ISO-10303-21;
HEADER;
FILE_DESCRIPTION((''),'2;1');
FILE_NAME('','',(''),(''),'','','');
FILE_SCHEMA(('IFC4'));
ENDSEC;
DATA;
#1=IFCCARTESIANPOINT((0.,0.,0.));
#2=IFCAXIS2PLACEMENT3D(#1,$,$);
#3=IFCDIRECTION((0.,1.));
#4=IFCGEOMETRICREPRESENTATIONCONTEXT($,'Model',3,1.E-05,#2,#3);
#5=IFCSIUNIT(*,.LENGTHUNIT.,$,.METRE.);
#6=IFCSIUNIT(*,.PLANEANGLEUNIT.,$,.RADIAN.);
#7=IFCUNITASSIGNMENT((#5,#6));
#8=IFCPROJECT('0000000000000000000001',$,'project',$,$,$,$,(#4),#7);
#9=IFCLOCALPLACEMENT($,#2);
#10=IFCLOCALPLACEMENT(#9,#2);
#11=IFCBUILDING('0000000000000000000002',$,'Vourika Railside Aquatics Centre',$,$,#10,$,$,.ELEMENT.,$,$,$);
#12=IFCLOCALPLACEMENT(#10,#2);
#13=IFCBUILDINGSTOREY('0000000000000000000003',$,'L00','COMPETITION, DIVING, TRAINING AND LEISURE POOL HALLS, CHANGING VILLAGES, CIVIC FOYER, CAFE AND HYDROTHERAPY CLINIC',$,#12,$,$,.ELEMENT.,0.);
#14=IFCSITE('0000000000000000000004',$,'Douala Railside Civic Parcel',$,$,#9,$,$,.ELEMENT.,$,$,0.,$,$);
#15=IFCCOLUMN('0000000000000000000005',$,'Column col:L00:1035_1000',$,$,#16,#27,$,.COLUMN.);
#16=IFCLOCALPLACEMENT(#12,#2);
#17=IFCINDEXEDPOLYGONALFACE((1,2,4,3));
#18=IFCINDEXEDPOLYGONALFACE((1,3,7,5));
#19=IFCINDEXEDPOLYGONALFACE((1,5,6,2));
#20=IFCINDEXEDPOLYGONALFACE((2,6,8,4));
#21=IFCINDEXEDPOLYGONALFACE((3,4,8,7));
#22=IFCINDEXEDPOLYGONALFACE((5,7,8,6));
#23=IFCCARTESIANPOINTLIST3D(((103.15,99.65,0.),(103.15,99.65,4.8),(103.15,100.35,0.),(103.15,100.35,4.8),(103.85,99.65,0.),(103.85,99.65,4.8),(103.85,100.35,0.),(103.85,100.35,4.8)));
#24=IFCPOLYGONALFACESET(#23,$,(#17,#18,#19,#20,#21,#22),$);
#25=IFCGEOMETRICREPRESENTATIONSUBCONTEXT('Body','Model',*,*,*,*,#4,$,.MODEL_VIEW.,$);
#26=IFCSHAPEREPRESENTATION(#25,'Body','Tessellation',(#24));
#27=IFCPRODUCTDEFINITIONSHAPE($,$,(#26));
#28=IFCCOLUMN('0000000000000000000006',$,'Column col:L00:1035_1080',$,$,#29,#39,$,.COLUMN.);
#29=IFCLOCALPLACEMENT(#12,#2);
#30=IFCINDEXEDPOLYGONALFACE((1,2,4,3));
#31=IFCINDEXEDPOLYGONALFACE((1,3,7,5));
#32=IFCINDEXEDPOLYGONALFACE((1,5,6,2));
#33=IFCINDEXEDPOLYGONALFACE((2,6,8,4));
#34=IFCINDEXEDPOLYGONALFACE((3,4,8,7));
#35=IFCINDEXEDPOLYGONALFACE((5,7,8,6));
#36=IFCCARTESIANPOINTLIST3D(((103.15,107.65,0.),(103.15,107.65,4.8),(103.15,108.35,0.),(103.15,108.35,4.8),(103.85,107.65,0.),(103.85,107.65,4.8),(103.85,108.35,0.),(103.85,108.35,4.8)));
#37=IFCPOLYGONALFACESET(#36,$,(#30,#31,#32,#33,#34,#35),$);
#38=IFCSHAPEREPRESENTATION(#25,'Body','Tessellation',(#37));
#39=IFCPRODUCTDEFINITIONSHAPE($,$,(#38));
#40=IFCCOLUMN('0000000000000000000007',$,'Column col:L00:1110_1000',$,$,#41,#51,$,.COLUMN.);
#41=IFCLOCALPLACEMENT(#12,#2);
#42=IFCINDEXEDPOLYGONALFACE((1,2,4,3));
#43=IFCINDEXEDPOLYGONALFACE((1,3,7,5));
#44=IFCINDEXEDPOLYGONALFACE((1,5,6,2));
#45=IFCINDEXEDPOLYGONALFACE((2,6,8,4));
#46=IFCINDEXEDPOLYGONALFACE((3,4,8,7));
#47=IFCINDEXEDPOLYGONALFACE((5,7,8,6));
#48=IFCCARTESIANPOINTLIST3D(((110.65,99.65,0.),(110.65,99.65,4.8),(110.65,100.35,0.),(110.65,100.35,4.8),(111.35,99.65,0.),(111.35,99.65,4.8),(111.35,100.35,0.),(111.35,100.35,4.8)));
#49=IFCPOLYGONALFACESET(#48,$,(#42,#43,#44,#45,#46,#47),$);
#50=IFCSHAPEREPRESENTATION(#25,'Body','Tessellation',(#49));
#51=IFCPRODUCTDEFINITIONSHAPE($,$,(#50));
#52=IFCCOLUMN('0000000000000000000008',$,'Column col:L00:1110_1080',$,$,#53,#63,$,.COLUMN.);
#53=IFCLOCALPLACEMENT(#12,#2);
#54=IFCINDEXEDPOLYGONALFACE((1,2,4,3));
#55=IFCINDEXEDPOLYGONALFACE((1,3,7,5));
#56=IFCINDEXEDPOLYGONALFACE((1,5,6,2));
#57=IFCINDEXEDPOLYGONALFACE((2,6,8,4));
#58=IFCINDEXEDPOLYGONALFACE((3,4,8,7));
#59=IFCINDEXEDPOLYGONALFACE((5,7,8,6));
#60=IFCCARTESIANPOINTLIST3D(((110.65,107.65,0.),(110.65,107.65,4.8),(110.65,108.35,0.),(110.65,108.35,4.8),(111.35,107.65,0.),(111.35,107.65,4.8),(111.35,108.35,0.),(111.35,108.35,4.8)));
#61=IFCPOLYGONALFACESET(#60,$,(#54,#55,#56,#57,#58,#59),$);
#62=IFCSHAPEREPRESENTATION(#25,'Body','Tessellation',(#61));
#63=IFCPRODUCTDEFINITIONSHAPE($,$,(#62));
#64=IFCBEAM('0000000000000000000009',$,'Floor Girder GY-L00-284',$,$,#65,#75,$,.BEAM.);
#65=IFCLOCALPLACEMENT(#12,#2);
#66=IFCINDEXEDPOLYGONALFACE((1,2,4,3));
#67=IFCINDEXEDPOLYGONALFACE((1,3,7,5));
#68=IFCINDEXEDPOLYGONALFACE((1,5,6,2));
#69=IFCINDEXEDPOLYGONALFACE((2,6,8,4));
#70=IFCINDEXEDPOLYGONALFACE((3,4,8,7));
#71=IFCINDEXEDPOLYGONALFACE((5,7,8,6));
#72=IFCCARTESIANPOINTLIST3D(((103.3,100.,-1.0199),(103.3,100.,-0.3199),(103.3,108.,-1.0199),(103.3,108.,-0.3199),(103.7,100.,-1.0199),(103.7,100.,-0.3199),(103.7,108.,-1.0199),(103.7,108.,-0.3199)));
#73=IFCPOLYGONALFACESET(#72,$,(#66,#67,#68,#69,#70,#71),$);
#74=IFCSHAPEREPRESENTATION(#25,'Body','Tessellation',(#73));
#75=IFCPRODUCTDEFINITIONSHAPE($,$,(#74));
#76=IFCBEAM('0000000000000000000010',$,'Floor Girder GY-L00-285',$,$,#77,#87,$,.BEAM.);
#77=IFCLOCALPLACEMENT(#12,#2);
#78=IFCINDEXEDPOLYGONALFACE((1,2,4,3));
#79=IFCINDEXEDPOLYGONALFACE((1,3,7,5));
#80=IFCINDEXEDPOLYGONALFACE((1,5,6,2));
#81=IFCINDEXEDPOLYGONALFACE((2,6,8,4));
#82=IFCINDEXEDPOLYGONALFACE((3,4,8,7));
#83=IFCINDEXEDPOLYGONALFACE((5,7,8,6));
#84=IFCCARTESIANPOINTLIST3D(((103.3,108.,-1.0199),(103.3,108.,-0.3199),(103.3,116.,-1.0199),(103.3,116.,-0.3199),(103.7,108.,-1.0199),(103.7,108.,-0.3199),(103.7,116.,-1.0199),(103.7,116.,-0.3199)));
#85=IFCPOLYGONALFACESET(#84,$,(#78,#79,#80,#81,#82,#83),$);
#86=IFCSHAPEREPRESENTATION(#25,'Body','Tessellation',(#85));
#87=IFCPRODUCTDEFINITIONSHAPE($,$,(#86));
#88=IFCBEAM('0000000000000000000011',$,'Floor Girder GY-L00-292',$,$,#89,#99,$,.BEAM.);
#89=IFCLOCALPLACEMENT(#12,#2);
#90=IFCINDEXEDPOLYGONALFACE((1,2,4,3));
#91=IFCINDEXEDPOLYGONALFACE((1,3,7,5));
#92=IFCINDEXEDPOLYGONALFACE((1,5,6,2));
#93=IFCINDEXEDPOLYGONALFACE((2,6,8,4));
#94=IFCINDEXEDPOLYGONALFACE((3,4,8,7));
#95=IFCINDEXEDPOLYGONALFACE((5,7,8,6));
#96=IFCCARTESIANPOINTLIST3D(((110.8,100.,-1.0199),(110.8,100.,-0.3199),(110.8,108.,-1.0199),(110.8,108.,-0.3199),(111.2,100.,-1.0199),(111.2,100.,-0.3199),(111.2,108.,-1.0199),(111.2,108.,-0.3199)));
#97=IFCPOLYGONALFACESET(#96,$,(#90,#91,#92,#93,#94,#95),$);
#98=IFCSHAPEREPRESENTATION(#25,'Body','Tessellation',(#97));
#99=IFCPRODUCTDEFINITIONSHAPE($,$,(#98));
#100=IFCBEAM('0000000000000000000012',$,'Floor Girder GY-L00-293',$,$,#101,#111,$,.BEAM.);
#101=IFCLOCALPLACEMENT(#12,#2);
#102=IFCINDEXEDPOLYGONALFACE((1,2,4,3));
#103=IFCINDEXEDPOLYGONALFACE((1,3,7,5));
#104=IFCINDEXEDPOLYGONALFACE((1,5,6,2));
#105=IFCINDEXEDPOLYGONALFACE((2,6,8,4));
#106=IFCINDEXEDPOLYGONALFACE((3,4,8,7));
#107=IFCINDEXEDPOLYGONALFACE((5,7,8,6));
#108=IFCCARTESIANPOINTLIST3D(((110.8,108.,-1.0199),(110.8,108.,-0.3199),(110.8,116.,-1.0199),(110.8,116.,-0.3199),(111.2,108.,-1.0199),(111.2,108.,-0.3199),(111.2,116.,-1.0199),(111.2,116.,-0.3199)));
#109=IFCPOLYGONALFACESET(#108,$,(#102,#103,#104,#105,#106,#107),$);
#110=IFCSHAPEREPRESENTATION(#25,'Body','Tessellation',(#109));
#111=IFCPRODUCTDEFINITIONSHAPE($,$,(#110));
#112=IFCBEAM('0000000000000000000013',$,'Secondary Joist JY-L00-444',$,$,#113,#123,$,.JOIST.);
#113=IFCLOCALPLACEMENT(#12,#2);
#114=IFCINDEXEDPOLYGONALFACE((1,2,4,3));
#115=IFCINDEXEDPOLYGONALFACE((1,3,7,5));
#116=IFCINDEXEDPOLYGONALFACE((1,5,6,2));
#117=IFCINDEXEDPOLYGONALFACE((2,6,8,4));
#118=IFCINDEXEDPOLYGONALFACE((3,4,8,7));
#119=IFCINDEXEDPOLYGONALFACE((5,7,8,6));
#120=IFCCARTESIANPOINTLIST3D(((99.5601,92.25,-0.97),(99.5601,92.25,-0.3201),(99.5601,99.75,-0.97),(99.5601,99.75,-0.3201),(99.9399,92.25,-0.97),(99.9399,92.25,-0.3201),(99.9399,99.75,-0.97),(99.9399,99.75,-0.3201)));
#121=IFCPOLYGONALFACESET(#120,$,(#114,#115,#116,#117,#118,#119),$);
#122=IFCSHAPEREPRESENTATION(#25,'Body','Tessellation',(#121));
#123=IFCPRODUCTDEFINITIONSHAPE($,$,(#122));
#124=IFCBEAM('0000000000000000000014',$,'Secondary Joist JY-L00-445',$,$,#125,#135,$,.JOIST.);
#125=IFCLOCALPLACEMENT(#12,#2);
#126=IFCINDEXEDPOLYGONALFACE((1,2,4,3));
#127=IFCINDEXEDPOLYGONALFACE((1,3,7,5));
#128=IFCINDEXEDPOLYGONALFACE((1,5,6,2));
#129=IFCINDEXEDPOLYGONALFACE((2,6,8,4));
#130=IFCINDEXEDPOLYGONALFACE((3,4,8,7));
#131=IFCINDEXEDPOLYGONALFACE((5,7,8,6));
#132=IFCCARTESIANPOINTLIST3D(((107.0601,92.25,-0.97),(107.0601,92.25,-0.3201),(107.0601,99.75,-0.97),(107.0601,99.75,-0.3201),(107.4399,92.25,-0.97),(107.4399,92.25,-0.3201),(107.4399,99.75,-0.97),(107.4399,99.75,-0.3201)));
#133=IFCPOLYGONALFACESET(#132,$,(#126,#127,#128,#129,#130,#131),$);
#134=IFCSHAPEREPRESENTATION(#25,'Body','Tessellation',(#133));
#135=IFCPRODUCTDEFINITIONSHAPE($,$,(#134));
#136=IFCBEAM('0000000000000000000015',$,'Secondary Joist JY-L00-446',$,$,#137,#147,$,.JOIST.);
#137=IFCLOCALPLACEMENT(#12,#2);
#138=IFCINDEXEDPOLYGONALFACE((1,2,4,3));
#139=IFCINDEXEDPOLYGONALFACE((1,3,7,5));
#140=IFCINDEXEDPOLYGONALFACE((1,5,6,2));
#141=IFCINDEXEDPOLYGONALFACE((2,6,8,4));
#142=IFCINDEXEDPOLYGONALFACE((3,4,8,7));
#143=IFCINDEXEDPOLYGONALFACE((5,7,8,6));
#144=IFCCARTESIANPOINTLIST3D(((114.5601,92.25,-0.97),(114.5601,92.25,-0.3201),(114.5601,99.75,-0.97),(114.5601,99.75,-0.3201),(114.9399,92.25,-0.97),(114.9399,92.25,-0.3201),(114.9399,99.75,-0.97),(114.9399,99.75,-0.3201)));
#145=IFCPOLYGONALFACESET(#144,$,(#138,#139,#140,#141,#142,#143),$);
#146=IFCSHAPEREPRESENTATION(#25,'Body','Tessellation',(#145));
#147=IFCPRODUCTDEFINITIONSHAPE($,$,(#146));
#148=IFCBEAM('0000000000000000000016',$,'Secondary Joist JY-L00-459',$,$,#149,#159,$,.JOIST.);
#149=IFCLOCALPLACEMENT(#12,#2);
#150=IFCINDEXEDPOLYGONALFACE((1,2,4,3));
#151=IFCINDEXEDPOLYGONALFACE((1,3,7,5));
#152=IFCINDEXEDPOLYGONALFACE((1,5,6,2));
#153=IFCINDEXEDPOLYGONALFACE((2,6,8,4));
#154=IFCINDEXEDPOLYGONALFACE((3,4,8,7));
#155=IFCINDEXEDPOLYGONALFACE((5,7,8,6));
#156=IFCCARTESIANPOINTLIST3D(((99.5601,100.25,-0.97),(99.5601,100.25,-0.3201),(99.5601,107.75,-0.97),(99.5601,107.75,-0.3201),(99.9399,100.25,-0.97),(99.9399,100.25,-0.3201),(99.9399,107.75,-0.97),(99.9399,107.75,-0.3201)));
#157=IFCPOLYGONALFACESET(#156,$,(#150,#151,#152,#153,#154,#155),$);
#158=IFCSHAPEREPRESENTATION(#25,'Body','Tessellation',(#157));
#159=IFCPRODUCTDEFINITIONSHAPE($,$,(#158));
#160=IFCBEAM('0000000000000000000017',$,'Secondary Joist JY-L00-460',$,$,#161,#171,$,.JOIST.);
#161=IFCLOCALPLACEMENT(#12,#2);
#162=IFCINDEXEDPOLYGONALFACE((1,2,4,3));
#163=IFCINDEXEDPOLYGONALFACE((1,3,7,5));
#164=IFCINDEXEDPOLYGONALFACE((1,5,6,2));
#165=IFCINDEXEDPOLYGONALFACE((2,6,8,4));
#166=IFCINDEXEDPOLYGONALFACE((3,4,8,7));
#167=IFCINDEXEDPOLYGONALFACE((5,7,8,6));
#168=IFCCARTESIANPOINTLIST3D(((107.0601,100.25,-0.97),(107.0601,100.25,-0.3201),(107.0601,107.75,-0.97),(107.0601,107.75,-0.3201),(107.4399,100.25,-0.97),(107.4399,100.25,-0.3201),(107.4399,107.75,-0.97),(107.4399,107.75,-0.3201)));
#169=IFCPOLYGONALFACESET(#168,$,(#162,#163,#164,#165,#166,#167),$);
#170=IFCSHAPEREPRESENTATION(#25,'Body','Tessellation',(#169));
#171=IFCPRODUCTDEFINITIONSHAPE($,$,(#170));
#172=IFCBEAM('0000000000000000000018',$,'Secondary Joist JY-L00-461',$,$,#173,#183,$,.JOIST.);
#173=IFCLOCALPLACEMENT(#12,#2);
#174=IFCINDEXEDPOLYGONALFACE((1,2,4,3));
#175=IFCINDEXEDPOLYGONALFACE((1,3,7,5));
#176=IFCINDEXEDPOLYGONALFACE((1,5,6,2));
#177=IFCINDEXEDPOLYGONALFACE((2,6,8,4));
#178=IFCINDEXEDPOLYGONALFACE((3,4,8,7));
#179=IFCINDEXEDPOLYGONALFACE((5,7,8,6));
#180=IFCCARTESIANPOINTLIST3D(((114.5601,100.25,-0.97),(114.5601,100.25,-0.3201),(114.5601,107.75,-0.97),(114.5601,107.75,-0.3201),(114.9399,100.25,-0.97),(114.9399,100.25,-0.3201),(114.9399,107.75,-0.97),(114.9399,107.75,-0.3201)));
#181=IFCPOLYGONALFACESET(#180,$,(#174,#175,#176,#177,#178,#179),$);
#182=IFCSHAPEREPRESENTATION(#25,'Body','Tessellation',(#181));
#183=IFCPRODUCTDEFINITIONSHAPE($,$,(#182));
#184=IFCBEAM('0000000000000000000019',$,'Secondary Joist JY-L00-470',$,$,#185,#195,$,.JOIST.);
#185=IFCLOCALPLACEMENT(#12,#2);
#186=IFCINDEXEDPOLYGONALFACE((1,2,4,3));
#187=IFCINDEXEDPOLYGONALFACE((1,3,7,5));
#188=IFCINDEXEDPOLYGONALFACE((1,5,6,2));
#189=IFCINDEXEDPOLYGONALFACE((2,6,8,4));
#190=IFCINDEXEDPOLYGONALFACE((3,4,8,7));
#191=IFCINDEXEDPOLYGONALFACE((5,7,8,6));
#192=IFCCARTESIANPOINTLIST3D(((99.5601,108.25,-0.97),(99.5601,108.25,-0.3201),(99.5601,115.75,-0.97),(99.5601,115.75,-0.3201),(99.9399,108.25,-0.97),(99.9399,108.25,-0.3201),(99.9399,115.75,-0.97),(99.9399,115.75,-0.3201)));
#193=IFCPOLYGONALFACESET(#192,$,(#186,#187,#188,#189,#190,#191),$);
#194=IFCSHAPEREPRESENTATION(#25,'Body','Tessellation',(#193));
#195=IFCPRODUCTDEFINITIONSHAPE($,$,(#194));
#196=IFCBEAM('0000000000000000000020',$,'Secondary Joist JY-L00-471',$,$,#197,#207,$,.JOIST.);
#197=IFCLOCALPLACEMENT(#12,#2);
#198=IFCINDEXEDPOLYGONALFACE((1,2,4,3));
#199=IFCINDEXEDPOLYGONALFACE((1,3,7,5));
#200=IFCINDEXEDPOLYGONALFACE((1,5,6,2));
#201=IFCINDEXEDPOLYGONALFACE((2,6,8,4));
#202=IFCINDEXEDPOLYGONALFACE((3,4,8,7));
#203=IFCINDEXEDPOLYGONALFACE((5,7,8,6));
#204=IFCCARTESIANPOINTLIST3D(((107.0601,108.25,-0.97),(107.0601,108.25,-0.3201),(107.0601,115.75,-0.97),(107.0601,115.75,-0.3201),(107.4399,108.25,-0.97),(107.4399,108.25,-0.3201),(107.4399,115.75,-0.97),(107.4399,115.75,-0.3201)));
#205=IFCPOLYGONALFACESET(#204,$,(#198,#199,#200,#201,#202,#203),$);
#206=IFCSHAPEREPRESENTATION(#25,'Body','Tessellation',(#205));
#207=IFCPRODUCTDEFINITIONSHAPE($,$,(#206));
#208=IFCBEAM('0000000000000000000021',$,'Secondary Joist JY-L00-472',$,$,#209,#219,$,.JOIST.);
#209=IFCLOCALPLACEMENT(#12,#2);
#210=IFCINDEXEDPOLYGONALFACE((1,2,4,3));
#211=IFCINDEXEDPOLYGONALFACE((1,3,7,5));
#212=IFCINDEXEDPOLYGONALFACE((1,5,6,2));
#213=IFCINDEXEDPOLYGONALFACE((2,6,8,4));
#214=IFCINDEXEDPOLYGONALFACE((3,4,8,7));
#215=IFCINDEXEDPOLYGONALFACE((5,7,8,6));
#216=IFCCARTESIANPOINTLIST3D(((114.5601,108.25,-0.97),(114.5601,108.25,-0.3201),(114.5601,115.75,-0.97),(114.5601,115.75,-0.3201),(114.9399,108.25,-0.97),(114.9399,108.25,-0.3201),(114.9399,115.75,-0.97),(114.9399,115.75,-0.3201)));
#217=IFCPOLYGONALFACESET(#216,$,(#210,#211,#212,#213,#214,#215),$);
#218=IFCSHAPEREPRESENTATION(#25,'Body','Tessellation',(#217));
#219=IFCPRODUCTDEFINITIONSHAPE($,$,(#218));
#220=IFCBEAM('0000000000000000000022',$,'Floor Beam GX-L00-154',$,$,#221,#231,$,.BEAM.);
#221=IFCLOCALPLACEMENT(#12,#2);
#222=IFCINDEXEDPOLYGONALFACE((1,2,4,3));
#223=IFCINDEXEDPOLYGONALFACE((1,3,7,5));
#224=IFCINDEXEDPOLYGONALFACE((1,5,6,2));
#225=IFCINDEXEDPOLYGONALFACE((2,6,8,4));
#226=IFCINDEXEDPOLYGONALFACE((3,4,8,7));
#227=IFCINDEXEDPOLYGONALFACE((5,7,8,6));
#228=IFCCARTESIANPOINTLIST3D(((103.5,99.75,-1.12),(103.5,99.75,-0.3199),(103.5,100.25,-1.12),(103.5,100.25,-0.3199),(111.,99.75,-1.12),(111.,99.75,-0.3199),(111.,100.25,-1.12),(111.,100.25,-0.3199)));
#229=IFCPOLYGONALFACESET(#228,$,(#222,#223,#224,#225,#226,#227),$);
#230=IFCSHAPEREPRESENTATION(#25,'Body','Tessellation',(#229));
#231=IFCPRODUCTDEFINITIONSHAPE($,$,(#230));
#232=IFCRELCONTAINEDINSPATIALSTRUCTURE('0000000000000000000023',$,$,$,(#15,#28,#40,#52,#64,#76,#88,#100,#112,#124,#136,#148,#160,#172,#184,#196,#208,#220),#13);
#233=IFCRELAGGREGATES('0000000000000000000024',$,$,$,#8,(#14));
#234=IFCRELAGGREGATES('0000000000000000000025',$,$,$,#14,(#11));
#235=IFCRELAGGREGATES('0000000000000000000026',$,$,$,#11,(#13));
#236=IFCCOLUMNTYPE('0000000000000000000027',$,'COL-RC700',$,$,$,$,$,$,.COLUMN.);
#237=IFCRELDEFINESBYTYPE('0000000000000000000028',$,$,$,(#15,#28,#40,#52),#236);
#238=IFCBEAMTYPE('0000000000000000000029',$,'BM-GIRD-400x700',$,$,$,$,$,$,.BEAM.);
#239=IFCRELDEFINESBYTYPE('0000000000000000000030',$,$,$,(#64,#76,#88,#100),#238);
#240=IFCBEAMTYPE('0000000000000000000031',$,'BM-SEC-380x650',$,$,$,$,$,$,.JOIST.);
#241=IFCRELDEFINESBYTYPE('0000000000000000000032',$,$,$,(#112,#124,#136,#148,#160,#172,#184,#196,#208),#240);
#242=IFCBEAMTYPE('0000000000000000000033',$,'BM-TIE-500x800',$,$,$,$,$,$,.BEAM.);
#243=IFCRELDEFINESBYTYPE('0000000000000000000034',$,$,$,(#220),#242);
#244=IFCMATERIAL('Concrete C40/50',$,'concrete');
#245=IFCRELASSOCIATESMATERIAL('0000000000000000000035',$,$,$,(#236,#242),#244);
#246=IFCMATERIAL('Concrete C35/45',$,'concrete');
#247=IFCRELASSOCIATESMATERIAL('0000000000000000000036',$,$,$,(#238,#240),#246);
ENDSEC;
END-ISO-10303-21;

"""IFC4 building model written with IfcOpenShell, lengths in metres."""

from ifc_helpers import new_model, si_unit, direction, frame, origin, origin_2d, place, context, subcontext, project, spatial, rectangle, extrude, material, material_profile, profile_set, type_object, element, save


model = new_model("IFC4")

# Units and contexts
model_context = context("Model", 3, precision=1e-05, world=origin(), true_north=direction((0.0, 1.0)))
body_context = subcontext(model_context, "Body", "Model", "MODEL_VIEW")
ifc_project = project(units=[si_unit("LENGTHUNIT", "METRE"), si_unit("PLANEANGLEUNIT", "RADIAN")], contexts=[model_context])

# Site, building, storey
site_placement = place(None, origin())
site = spatial("IfcSite", under=ifc_project, at=site_placement, Name="Douala Railside Civic Parcel", CompositionType="ELEMENT", RefElevation=0.0)
building_placement = place(site_placement, origin())
building = spatial("IfcBuilding", under=site, at=building_placement, Name="Vourika Railside Aquatics Centre", CompositionType="ELEMENT")
storey_placement = place(building_placement, origin())
storey = spatial("IfcBuildingStorey", under=building, at=storey_placement, Name="L00", Description="COMPETITION, DIVING, TRAINING AND LEISURE POOL HALLS, CHANGING VILLAGES, CIVIC FOYER, CAFE AND HYDROTHERAPY CLINIC", CompositionType="ELEMENT", Elevation=0.0)

# Columns
ifc_material_1 = material(Name="Concrete C40/50", Category="concrete")
ifc_material_profile_1 = material_profile(ifc_material_1, rectangle(XDim=0.7, YDim=0.7, at=origin_2d()), Name="RC 700x700")
ifc_profile_set_1 = profile_set([ifc_material_profile_1], Name="Concrete C40/50")
column_type = type_object("IfcColumnType", Name="COL-RC700", PredefinedType="COLUMN", material=ifc_profile_set_1)
for number, where, z_axis, x_axis, name in (
    (1, (103.5, 100.0, 0.0), (0.0, 0.0, 1.0), (1.0, 0.0, 0.0), "Column col:L00:1035_1000"),
    (2, (103.5, 108.0, 0.0), (0.0, 0.0, 1.0), (1.0, 0.0, 0.0), "Column col:L00:1035_1080"),
    (3, (111.0, 100.0, 0.0), (0.0, 0.0, 1.0), (1.0, 0.0, 0.0), "Column col:L00:1110_1000"),
    (4, (111.0, 108.0, 0.0), (0.0, 0.0, 1.0), (1.0, 0.0, 0.0), "Column col:L00:1110_1080"),
):
    element("IfcColumn", number, at=place(storey_placement, frame(where, z_axis=z_axis, x_axis=x_axis)), inside=storey, type_object=column_type, Name=name, PredefinedType="COLUMN", context=body_context, shape_type="SweptSolid", body=[
        extrude(rectangle(XDim=0.7, YDim=0.7, at=origin_2d()), origin(), (0.0, 0.0, 1.0), 4.8),
    ])

# Beams
ifc_material_2 = material(Name="Concrete C35/45", Category="concrete")
ifc_material_profile_2 = material_profile(ifc_material_2, rectangle(XDim=0.3999, YDim=0.7, at=origin_2d()), Name="RC 400x700")
ifc_profile_set_2 = profile_set([ifc_material_profile_2], Name="Concrete C35/45")
beam_type_1 = type_object("IfcBeamType", Name="BM-GIRD-400x700", PredefinedType="BEAM", material=ifc_profile_set_2)
for number, where, z_axis, x_axis, name in (
    (5, (103.5, 100.0, -0.6699), (0.0, 1.0, 0.0), (-1.0, 0.0, 0.0), "Floor Girder GY-L00-284"),
    (6, (103.5, 108.0, -0.6699), (0.0, 1.0, 0.0), (-1.0, 0.0, 0.0), "Floor Girder GY-L00-285"),
    (7, (111.0, 100.0, -0.6699), (0.0, 1.0, 0.0), (-1.0, 0.0, 0.0), "Floor Girder GY-L00-292"),
    (8, (111.0, 108.0, -0.6699), (0.0, 1.0, 0.0), (-1.0, 0.0, 0.0), "Floor Girder GY-L00-293"),
):
    element("IfcBeam", number, at=place(storey_placement, frame(where, z_axis=z_axis, x_axis=x_axis)), inside=storey, type_object=beam_type_1, Name=name, PredefinedType="BEAM", context=body_context, shape_type="SweptSolid", body=[
        extrude(rectangle(XDim=0.3999, YDim=0.7, at=origin_2d()), origin(), (0.0, 0.0, 1.0), 8.0),
    ])
ifc_material_profile_3 = material_profile(ifc_material_2, rectangle(XDim=0.3799, YDim=0.6499, at=origin_2d()), Name="RC 380x650")
ifc_profile_set_3 = profile_set([ifc_material_profile_3], Name="Concrete C35/45")
beam_type_2 = type_object("IfcBeamType", Name="BM-SEC-380x650", PredefinedType="JOIST", material=ifc_profile_set_3)
for number, where, z_axis, x_axis, name in (
    (9, (99.75, 92.25, -0.645), (0.0, 1.0, 0.0), (-1.0, 0.0, 0.0), "Secondary Joist JY-L00-444"),
    (10, (107.25, 92.25, -0.645), (0.0, 1.0, 0.0), (-1.0, 0.0, 0.0), "Secondary Joist JY-L00-445"),
    (11, (114.75, 92.25, -0.645), (0.0, 1.0, 0.0), (-1.0, 0.0, 0.0), "Secondary Joist JY-L00-446"),
    (12, (99.75, 100.25, -0.645), (0.0, 1.0, 0.0), (-1.0, 0.0, 0.0), "Secondary Joist JY-L00-459"),
    (13, (107.25, 100.25, -0.645), (0.0, 1.0, 0.0), (-1.0, 0.0, 0.0), "Secondary Joist JY-L00-460"),
    (14, (114.75, 100.25, -0.645), (0.0, 1.0, 0.0), (-1.0, 0.0, 0.0), "Secondary Joist JY-L00-461"),
    (15, (99.75, 108.25, -0.645), (0.0, 1.0, 0.0), (-1.0, 0.0, 0.0), "Secondary Joist JY-L00-470"),
    (16, (107.25, 108.25, -0.645), (0.0, 1.0, 0.0), (-1.0, 0.0, 0.0), "Secondary Joist JY-L00-471"),
    (17, (114.75, 108.25, -0.645), (0.0, 1.0, 0.0), (-1.0, 0.0, 0.0), "Secondary Joist JY-L00-472"),
):
    element("IfcBeam", number, at=place(storey_placement, frame(where, z_axis=z_axis, x_axis=x_axis)), inside=storey, type_object=beam_type_2, Name=name, PredefinedType="JOIST", context=body_context, shape_type="SweptSolid", body=[
        extrude(rectangle(XDim=0.3799, YDim=0.6499, at=origin_2d()), origin(), (0.0, 0.0, 1.0), 7.5),
    ])
ifc_material_profile_4 = material_profile(ifc_material_1, rectangle(XDim=0.5, YDim=0.8, at=origin_2d()), Name="RC 500x800")
ifc_profile_set_4 = profile_set([ifc_material_profile_4], Name="Concrete C40/50")
beam_type_3 = type_object("IfcBeamType", Name="BM-TIE-500x800", PredefinedType="BEAM", material=ifc_profile_set_4)
for number, where, z_axis, x_axis, name in (
    (18, (103.5, 100.0, -0.72), (1.0, 0.0, 0.0), (0.0, 1.0, 0.0), "Floor Beam GX-L00-154"),
):
    element("IfcBeam", number, at=place(storey_placement, frame(where, z_axis=z_axis, x_axis=x_axis)), inside=storey, type_object=beam_type_3, Name=name, PredefinedType="BEAM", context=body_context, shape_type="SweptSolid", body=[
        extrude(rectangle(XDim=0.5, YDim=0.8, at=origin_2d()), origin(), (0.0, 0.0, 1.0), 7.5),
    ])

save(model, "model.ifc")
